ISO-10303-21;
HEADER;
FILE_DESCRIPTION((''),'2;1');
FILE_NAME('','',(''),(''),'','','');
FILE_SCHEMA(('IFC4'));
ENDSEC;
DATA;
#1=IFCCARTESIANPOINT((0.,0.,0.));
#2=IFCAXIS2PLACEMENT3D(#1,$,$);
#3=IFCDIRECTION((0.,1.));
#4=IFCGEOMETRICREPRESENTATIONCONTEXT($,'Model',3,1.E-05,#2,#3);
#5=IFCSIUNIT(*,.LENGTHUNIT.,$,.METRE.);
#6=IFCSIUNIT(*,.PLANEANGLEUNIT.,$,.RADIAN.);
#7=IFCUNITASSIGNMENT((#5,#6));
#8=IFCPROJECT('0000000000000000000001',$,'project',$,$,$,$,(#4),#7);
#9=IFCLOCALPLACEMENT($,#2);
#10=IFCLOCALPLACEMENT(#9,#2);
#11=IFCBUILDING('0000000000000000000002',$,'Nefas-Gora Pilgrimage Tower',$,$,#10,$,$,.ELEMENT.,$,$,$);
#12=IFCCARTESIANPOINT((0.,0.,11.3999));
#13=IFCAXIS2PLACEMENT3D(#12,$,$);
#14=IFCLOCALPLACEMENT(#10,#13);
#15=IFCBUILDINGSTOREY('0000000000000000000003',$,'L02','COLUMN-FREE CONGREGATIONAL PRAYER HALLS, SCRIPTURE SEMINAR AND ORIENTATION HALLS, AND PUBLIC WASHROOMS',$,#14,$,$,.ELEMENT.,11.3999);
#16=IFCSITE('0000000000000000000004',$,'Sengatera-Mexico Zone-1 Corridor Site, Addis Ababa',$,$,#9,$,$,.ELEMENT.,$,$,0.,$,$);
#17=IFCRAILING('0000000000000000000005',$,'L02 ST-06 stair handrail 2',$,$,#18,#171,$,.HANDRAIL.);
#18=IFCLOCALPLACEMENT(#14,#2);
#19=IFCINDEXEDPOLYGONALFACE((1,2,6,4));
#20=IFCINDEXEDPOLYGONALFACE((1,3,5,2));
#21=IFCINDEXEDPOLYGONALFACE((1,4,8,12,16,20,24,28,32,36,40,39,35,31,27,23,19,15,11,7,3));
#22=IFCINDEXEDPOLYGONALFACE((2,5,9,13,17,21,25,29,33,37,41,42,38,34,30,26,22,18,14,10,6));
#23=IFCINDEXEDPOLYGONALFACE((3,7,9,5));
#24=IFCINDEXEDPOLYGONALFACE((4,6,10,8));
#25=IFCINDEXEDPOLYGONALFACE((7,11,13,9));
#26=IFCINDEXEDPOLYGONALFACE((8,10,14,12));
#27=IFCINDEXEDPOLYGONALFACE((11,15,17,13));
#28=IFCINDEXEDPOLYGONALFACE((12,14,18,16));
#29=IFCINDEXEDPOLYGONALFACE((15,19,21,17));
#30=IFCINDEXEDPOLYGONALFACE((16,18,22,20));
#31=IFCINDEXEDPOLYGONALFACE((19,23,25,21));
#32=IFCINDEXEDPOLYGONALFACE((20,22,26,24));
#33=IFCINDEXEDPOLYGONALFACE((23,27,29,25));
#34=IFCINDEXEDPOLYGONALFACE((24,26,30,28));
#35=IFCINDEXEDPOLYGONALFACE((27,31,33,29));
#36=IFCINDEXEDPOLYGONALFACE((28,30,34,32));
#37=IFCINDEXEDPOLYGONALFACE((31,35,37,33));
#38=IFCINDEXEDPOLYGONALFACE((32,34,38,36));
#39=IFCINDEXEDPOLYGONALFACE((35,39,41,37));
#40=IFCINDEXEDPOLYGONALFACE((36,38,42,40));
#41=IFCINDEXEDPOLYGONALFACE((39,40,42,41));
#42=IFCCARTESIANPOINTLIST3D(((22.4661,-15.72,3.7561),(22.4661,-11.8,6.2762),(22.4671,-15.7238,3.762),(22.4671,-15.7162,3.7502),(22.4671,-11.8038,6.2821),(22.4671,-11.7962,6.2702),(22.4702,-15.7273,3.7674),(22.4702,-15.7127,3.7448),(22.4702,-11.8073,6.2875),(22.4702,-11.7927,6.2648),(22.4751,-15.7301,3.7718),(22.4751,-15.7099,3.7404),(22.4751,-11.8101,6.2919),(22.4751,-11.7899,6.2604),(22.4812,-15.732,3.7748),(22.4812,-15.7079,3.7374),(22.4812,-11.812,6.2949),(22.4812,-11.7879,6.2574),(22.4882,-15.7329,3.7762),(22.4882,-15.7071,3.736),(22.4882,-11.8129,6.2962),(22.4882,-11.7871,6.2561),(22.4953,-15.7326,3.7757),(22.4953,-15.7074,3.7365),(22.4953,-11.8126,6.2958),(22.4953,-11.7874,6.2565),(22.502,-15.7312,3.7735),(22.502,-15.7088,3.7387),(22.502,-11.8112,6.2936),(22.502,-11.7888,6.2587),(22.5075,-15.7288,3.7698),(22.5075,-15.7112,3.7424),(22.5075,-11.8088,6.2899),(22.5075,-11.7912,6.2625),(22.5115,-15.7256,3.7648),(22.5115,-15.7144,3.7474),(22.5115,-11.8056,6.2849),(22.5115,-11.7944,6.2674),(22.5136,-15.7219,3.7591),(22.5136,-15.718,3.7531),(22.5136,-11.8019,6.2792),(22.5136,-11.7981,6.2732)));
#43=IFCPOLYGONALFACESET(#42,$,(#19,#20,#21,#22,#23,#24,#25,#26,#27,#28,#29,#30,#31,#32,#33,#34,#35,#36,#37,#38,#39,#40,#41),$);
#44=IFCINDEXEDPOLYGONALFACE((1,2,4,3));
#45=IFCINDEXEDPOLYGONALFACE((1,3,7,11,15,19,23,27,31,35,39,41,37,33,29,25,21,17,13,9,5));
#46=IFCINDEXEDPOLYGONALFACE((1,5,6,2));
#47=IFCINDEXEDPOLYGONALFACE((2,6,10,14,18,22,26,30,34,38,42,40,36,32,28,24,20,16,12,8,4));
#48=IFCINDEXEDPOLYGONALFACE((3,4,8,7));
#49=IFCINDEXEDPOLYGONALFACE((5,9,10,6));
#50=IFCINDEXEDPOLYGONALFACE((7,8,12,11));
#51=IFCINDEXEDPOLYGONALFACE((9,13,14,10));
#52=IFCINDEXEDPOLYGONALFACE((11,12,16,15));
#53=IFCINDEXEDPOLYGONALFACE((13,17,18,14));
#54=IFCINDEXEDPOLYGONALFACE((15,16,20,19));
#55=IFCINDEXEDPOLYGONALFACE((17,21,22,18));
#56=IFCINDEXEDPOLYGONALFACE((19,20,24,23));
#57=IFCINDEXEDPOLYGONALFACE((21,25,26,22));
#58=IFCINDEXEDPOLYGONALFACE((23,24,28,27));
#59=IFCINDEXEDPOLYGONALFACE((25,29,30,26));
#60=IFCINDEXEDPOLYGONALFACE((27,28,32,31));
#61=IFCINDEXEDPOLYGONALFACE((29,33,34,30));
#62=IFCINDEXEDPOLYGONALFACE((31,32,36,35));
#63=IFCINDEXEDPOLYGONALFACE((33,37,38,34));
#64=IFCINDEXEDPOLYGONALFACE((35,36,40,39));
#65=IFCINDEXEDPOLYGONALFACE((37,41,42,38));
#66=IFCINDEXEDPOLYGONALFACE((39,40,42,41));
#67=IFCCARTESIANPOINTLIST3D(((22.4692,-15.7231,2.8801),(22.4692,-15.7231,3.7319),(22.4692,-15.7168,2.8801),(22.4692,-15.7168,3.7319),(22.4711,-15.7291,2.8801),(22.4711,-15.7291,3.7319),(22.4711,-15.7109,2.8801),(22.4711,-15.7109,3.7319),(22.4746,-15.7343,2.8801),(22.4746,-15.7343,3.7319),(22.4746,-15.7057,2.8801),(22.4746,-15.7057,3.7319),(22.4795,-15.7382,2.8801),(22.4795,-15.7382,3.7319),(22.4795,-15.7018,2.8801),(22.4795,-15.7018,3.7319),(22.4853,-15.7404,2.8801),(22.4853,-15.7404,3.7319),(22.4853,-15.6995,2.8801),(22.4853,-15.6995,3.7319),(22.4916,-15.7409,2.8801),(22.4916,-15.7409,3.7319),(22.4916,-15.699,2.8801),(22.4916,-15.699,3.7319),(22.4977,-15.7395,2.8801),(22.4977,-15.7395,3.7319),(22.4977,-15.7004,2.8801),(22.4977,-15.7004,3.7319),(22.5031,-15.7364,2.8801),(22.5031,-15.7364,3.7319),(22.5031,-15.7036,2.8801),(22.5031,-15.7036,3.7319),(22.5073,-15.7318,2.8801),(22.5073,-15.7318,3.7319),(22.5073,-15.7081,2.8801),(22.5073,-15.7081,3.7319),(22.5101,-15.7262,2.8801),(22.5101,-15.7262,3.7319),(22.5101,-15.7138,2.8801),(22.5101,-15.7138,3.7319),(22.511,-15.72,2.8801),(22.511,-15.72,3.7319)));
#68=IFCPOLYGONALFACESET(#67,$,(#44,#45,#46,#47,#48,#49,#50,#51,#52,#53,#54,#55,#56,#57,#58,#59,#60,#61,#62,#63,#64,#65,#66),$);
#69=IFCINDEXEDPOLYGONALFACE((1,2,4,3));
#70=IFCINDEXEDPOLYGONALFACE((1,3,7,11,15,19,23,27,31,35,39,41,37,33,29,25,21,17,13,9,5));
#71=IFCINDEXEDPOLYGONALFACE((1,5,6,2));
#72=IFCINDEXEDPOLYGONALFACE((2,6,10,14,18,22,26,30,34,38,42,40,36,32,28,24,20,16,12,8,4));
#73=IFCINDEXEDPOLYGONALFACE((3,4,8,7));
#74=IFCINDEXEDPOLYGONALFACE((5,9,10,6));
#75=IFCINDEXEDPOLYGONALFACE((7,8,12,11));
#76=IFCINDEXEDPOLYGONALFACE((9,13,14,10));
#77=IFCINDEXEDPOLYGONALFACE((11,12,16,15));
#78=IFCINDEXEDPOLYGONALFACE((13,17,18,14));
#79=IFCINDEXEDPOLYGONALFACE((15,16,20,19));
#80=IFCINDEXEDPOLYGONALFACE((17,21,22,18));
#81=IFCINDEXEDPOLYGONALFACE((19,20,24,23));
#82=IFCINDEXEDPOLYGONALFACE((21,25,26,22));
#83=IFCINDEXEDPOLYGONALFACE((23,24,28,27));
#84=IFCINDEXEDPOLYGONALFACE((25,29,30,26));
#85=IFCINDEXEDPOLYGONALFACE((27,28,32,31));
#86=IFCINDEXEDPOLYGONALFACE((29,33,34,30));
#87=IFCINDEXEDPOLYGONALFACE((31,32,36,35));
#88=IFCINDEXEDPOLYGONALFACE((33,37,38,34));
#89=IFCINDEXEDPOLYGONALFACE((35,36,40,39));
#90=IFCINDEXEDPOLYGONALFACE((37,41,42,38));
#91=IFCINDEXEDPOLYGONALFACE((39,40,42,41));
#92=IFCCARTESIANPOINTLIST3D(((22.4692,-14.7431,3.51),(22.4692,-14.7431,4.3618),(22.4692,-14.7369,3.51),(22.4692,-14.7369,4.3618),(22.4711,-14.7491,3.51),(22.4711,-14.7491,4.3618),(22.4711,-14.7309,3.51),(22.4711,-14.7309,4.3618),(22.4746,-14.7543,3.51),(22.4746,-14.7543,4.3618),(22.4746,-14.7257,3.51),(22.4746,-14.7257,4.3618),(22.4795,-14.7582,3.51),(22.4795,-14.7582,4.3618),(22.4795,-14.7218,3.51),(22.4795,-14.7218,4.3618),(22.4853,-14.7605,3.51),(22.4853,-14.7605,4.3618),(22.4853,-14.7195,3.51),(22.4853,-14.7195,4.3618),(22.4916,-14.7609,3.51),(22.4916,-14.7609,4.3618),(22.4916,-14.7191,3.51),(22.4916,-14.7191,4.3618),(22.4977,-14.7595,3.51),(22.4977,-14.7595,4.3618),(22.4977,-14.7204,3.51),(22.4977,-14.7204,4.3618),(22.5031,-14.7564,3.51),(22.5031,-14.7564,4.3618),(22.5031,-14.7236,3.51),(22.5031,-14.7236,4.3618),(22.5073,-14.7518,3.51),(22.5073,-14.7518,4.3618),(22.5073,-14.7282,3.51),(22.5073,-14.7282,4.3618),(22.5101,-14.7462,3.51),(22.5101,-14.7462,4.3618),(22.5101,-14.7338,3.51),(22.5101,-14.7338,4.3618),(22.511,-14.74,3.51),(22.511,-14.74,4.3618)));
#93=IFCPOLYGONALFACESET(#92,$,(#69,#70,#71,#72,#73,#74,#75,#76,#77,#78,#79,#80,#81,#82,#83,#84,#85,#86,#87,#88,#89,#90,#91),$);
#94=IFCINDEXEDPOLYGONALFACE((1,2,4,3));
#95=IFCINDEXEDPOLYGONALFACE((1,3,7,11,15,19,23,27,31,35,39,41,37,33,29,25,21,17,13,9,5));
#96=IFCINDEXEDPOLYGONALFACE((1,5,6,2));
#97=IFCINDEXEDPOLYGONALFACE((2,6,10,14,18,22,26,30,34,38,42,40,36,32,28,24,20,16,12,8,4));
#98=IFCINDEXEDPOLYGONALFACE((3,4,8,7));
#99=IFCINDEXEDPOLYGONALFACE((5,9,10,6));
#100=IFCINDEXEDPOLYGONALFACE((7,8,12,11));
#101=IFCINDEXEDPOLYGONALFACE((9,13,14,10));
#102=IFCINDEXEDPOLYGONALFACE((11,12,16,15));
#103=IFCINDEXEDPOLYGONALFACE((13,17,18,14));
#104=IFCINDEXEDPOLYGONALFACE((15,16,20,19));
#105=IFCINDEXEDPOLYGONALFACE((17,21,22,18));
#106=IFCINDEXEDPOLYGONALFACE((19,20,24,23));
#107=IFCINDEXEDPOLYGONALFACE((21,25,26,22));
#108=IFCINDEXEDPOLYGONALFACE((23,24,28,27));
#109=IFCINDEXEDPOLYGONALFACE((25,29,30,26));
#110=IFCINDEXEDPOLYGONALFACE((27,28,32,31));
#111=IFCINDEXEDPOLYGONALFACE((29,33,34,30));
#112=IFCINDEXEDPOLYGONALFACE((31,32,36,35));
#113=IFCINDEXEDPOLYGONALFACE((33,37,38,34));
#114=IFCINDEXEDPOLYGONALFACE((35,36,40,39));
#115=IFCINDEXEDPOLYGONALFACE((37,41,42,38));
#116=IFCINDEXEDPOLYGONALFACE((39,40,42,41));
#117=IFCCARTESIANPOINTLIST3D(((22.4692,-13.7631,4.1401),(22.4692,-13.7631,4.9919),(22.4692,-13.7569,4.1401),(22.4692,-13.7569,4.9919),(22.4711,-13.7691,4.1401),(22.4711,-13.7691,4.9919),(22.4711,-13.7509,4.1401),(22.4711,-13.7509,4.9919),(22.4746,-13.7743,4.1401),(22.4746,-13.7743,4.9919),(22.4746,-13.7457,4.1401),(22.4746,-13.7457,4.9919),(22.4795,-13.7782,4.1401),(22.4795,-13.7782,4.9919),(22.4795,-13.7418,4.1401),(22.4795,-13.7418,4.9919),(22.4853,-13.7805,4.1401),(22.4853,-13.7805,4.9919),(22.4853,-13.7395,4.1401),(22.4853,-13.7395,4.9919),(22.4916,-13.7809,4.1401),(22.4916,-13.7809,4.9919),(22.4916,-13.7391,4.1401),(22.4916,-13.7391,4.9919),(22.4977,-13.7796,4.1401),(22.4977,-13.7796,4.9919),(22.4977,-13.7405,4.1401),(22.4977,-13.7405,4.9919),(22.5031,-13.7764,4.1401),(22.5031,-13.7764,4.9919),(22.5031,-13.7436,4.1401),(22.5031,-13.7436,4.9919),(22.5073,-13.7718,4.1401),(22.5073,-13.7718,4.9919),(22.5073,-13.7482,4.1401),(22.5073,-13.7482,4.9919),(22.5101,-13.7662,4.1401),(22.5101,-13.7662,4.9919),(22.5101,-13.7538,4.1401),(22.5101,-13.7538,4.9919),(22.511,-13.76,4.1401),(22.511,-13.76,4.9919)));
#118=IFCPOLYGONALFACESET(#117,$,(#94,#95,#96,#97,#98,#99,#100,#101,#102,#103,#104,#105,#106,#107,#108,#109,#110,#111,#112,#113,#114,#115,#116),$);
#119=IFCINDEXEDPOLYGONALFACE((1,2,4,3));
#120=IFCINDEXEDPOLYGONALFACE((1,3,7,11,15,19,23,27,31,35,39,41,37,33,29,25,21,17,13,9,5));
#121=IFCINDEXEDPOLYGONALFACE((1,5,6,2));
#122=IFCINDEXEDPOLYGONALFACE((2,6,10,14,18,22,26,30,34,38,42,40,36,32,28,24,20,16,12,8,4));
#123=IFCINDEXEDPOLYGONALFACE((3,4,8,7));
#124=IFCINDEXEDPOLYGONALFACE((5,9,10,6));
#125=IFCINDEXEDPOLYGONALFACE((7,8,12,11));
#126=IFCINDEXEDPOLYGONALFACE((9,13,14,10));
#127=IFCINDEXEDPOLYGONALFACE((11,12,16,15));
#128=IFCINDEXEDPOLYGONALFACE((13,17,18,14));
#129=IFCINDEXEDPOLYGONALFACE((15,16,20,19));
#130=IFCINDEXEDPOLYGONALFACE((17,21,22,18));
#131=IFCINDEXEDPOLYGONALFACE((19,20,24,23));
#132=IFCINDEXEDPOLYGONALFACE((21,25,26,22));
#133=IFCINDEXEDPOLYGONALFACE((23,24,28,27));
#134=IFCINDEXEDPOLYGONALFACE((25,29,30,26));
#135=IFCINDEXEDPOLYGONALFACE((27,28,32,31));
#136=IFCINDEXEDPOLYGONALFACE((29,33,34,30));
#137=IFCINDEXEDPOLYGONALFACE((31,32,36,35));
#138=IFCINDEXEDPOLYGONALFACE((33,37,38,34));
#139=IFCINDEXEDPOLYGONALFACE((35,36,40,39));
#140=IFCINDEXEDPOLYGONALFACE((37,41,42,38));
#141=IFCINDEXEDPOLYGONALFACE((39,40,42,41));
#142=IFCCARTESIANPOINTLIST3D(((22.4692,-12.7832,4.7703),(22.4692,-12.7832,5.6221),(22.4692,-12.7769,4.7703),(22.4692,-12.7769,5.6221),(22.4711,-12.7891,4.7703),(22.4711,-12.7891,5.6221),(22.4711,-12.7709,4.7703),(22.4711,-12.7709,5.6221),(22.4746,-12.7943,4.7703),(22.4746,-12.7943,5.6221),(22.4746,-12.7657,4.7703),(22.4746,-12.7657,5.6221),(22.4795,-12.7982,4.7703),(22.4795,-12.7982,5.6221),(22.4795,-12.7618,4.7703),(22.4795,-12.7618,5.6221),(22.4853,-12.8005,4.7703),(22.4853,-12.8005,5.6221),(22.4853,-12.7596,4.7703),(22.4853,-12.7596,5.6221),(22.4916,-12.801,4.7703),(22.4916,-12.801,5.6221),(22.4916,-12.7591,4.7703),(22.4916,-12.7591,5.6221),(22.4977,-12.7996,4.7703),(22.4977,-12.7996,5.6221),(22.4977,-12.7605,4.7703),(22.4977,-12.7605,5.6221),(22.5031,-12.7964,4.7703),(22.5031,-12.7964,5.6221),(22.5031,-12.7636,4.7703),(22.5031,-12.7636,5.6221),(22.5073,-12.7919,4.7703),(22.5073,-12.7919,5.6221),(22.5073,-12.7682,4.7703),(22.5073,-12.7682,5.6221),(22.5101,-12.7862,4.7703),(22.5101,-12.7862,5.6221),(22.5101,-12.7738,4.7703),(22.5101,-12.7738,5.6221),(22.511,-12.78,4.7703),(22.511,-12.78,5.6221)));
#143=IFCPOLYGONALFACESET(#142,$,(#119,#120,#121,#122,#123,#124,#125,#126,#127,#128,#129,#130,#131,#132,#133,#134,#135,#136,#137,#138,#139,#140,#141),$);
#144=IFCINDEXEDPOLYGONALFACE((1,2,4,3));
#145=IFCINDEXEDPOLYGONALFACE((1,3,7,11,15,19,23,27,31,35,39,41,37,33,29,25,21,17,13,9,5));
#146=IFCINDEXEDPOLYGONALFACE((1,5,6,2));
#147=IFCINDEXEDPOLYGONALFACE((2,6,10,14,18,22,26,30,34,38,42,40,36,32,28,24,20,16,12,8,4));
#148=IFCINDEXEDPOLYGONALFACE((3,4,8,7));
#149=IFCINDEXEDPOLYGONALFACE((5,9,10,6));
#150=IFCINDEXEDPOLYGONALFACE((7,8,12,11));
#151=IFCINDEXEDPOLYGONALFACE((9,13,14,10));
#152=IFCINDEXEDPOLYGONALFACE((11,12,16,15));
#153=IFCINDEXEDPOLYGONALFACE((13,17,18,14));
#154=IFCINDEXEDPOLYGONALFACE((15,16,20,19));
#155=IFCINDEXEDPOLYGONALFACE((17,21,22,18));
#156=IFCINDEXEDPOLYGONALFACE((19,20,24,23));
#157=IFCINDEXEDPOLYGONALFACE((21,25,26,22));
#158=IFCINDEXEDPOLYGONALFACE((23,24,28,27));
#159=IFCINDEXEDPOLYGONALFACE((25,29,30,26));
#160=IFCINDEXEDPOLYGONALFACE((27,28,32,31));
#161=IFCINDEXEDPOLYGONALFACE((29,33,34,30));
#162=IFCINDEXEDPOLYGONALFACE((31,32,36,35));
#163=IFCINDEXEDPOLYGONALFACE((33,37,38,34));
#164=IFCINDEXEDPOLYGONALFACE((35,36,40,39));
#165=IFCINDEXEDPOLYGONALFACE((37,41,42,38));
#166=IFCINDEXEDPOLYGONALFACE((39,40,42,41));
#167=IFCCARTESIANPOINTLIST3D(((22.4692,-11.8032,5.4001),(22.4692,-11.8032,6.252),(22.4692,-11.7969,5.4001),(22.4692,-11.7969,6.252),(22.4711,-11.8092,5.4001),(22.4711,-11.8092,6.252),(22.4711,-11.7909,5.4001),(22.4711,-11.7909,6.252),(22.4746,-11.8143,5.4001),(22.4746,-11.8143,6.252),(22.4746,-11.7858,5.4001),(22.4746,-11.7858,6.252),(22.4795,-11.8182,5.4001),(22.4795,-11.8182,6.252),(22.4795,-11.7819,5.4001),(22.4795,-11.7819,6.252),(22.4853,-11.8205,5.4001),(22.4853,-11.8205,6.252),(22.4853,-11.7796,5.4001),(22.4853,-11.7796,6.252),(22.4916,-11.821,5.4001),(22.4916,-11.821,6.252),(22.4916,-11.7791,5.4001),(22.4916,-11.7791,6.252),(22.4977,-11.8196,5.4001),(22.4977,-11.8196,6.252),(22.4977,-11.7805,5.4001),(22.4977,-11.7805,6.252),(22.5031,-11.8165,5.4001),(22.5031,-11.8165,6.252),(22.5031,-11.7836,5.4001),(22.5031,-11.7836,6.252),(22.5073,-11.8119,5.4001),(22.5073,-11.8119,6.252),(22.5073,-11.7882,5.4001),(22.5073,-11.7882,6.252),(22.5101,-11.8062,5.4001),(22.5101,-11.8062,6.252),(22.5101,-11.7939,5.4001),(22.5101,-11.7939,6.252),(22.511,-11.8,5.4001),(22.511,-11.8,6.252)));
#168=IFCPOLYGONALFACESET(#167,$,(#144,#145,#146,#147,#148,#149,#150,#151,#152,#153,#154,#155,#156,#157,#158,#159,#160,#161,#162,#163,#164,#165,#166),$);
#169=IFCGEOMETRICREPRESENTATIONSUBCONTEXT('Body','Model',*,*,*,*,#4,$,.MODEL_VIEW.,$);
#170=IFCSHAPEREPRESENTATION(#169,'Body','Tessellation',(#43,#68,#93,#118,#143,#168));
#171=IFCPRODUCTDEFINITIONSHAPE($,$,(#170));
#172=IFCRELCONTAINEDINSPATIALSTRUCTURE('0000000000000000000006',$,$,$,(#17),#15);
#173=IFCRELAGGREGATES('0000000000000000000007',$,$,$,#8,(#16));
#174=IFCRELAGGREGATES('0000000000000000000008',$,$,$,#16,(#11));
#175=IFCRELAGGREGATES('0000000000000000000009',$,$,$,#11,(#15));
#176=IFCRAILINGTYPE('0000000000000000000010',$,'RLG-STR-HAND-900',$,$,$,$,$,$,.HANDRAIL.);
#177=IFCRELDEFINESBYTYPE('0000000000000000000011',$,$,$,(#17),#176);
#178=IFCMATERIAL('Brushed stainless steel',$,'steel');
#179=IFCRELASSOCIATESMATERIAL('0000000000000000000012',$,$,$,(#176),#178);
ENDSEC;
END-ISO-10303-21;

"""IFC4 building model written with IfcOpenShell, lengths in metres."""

from ifc_helpers import new_model, si_unit, direction, frame, origin, origin_2d, place, context, subcontext, project, spatial, circle, extrude, material, type_object, element, save


model = new_model("IFC4")

# Units and contexts
model_context = context("Model", 3, precision=1e-05, world=origin(), true_north=direction((0.0, 1.0)))
body_context = subcontext(model_context, "Body", "Model", "MODEL_VIEW")
ifc_project = project(units=[si_unit("LENGTHUNIT", "METRE"), si_unit("PLANEANGLEUNIT", "RADIAN")], contexts=[model_context])

# Site, building, storey
site_placement = place(None, origin())
site = spatial("IfcSite", under=ifc_project, at=site_placement, Name="Sengatera-Mexico Zone-1 Corridor Site, Addis Ababa", CompositionType="ELEMENT", RefElevation=0.0)
building_placement = place(site_placement, origin())
building = spatial("IfcBuilding", under=site, at=building_placement, Name="Nefas-Gora Pilgrimage Tower", CompositionType="ELEMENT")
storey_placement = place(building_placement, frame((0.0, 0.0, 11.3999)))
storey = spatial("IfcBuildingStorey", under=building, at=storey_placement, Name="L02", Description="COLUMN-FREE CONGREGATIONAL PRAYER HALLS, SCRIPTURE SEMINAR AND ORIENTATION HALLS, AND PUBLIC WASHROOMS", CompositionType="ELEMENT", Elevation=11.3999)

# Railing
ifc_material_1 = material(Name="Brushed stainless steel", Category="steel")
railing_type_1 = type_object("IfcRailingType", Name="RLG-STR-HAND-900", PredefinedType="HANDRAIL", material=ifc_material_1)
railing_1_placement = place(storey_placement, frame((22.49, -15.72, 2.8801)))
element("IfcRailing", 1, at=railing_1_placement, inside=storey, type_object=railing_type_1, Name="L02 ST-06 stair handrail 2", PredefinedType="HANDRAIL", context=body_context, shape_type="SweptSolid", body=[
    extrude(circle(Radius=0.0239, at=origin_2d()), frame((0.0, 0.0, 0.876), z_axis=(0.0, 0.841172, 0.540768), x_axis=(-1.0, 0.0, 0.0)), (0.0, 0.0, 1.0), 4.6602),
    extrude(circle(Radius=0.021, at=origin_2d()), origin(), (0.0, 0.0, 1.0), 0.8518),
    extrude(circle(Radius=0.021, at=origin_2d()), frame((0.0, 0.98, 0.6299)), (0.0, 0.0, 1.0), 0.8518),
    extrude(circle(Radius=0.021, at=origin_2d()), frame((0.0, 1.96, 1.26)), (0.0, 0.0, 1.0), 0.8518),
    extrude(circle(Radius=0.021, at=origin_2d()), frame((0.0, 2.9399, 1.8901)), (0.0, 0.0, 1.0), 0.8518),
    extrude(circle(Radius=0.021, at=origin_2d()), frame((0.0, 3.9199, 2.52)), (0.0, 0.0, 1.0), 0.8518),
])

save(model, "model.ifc")
